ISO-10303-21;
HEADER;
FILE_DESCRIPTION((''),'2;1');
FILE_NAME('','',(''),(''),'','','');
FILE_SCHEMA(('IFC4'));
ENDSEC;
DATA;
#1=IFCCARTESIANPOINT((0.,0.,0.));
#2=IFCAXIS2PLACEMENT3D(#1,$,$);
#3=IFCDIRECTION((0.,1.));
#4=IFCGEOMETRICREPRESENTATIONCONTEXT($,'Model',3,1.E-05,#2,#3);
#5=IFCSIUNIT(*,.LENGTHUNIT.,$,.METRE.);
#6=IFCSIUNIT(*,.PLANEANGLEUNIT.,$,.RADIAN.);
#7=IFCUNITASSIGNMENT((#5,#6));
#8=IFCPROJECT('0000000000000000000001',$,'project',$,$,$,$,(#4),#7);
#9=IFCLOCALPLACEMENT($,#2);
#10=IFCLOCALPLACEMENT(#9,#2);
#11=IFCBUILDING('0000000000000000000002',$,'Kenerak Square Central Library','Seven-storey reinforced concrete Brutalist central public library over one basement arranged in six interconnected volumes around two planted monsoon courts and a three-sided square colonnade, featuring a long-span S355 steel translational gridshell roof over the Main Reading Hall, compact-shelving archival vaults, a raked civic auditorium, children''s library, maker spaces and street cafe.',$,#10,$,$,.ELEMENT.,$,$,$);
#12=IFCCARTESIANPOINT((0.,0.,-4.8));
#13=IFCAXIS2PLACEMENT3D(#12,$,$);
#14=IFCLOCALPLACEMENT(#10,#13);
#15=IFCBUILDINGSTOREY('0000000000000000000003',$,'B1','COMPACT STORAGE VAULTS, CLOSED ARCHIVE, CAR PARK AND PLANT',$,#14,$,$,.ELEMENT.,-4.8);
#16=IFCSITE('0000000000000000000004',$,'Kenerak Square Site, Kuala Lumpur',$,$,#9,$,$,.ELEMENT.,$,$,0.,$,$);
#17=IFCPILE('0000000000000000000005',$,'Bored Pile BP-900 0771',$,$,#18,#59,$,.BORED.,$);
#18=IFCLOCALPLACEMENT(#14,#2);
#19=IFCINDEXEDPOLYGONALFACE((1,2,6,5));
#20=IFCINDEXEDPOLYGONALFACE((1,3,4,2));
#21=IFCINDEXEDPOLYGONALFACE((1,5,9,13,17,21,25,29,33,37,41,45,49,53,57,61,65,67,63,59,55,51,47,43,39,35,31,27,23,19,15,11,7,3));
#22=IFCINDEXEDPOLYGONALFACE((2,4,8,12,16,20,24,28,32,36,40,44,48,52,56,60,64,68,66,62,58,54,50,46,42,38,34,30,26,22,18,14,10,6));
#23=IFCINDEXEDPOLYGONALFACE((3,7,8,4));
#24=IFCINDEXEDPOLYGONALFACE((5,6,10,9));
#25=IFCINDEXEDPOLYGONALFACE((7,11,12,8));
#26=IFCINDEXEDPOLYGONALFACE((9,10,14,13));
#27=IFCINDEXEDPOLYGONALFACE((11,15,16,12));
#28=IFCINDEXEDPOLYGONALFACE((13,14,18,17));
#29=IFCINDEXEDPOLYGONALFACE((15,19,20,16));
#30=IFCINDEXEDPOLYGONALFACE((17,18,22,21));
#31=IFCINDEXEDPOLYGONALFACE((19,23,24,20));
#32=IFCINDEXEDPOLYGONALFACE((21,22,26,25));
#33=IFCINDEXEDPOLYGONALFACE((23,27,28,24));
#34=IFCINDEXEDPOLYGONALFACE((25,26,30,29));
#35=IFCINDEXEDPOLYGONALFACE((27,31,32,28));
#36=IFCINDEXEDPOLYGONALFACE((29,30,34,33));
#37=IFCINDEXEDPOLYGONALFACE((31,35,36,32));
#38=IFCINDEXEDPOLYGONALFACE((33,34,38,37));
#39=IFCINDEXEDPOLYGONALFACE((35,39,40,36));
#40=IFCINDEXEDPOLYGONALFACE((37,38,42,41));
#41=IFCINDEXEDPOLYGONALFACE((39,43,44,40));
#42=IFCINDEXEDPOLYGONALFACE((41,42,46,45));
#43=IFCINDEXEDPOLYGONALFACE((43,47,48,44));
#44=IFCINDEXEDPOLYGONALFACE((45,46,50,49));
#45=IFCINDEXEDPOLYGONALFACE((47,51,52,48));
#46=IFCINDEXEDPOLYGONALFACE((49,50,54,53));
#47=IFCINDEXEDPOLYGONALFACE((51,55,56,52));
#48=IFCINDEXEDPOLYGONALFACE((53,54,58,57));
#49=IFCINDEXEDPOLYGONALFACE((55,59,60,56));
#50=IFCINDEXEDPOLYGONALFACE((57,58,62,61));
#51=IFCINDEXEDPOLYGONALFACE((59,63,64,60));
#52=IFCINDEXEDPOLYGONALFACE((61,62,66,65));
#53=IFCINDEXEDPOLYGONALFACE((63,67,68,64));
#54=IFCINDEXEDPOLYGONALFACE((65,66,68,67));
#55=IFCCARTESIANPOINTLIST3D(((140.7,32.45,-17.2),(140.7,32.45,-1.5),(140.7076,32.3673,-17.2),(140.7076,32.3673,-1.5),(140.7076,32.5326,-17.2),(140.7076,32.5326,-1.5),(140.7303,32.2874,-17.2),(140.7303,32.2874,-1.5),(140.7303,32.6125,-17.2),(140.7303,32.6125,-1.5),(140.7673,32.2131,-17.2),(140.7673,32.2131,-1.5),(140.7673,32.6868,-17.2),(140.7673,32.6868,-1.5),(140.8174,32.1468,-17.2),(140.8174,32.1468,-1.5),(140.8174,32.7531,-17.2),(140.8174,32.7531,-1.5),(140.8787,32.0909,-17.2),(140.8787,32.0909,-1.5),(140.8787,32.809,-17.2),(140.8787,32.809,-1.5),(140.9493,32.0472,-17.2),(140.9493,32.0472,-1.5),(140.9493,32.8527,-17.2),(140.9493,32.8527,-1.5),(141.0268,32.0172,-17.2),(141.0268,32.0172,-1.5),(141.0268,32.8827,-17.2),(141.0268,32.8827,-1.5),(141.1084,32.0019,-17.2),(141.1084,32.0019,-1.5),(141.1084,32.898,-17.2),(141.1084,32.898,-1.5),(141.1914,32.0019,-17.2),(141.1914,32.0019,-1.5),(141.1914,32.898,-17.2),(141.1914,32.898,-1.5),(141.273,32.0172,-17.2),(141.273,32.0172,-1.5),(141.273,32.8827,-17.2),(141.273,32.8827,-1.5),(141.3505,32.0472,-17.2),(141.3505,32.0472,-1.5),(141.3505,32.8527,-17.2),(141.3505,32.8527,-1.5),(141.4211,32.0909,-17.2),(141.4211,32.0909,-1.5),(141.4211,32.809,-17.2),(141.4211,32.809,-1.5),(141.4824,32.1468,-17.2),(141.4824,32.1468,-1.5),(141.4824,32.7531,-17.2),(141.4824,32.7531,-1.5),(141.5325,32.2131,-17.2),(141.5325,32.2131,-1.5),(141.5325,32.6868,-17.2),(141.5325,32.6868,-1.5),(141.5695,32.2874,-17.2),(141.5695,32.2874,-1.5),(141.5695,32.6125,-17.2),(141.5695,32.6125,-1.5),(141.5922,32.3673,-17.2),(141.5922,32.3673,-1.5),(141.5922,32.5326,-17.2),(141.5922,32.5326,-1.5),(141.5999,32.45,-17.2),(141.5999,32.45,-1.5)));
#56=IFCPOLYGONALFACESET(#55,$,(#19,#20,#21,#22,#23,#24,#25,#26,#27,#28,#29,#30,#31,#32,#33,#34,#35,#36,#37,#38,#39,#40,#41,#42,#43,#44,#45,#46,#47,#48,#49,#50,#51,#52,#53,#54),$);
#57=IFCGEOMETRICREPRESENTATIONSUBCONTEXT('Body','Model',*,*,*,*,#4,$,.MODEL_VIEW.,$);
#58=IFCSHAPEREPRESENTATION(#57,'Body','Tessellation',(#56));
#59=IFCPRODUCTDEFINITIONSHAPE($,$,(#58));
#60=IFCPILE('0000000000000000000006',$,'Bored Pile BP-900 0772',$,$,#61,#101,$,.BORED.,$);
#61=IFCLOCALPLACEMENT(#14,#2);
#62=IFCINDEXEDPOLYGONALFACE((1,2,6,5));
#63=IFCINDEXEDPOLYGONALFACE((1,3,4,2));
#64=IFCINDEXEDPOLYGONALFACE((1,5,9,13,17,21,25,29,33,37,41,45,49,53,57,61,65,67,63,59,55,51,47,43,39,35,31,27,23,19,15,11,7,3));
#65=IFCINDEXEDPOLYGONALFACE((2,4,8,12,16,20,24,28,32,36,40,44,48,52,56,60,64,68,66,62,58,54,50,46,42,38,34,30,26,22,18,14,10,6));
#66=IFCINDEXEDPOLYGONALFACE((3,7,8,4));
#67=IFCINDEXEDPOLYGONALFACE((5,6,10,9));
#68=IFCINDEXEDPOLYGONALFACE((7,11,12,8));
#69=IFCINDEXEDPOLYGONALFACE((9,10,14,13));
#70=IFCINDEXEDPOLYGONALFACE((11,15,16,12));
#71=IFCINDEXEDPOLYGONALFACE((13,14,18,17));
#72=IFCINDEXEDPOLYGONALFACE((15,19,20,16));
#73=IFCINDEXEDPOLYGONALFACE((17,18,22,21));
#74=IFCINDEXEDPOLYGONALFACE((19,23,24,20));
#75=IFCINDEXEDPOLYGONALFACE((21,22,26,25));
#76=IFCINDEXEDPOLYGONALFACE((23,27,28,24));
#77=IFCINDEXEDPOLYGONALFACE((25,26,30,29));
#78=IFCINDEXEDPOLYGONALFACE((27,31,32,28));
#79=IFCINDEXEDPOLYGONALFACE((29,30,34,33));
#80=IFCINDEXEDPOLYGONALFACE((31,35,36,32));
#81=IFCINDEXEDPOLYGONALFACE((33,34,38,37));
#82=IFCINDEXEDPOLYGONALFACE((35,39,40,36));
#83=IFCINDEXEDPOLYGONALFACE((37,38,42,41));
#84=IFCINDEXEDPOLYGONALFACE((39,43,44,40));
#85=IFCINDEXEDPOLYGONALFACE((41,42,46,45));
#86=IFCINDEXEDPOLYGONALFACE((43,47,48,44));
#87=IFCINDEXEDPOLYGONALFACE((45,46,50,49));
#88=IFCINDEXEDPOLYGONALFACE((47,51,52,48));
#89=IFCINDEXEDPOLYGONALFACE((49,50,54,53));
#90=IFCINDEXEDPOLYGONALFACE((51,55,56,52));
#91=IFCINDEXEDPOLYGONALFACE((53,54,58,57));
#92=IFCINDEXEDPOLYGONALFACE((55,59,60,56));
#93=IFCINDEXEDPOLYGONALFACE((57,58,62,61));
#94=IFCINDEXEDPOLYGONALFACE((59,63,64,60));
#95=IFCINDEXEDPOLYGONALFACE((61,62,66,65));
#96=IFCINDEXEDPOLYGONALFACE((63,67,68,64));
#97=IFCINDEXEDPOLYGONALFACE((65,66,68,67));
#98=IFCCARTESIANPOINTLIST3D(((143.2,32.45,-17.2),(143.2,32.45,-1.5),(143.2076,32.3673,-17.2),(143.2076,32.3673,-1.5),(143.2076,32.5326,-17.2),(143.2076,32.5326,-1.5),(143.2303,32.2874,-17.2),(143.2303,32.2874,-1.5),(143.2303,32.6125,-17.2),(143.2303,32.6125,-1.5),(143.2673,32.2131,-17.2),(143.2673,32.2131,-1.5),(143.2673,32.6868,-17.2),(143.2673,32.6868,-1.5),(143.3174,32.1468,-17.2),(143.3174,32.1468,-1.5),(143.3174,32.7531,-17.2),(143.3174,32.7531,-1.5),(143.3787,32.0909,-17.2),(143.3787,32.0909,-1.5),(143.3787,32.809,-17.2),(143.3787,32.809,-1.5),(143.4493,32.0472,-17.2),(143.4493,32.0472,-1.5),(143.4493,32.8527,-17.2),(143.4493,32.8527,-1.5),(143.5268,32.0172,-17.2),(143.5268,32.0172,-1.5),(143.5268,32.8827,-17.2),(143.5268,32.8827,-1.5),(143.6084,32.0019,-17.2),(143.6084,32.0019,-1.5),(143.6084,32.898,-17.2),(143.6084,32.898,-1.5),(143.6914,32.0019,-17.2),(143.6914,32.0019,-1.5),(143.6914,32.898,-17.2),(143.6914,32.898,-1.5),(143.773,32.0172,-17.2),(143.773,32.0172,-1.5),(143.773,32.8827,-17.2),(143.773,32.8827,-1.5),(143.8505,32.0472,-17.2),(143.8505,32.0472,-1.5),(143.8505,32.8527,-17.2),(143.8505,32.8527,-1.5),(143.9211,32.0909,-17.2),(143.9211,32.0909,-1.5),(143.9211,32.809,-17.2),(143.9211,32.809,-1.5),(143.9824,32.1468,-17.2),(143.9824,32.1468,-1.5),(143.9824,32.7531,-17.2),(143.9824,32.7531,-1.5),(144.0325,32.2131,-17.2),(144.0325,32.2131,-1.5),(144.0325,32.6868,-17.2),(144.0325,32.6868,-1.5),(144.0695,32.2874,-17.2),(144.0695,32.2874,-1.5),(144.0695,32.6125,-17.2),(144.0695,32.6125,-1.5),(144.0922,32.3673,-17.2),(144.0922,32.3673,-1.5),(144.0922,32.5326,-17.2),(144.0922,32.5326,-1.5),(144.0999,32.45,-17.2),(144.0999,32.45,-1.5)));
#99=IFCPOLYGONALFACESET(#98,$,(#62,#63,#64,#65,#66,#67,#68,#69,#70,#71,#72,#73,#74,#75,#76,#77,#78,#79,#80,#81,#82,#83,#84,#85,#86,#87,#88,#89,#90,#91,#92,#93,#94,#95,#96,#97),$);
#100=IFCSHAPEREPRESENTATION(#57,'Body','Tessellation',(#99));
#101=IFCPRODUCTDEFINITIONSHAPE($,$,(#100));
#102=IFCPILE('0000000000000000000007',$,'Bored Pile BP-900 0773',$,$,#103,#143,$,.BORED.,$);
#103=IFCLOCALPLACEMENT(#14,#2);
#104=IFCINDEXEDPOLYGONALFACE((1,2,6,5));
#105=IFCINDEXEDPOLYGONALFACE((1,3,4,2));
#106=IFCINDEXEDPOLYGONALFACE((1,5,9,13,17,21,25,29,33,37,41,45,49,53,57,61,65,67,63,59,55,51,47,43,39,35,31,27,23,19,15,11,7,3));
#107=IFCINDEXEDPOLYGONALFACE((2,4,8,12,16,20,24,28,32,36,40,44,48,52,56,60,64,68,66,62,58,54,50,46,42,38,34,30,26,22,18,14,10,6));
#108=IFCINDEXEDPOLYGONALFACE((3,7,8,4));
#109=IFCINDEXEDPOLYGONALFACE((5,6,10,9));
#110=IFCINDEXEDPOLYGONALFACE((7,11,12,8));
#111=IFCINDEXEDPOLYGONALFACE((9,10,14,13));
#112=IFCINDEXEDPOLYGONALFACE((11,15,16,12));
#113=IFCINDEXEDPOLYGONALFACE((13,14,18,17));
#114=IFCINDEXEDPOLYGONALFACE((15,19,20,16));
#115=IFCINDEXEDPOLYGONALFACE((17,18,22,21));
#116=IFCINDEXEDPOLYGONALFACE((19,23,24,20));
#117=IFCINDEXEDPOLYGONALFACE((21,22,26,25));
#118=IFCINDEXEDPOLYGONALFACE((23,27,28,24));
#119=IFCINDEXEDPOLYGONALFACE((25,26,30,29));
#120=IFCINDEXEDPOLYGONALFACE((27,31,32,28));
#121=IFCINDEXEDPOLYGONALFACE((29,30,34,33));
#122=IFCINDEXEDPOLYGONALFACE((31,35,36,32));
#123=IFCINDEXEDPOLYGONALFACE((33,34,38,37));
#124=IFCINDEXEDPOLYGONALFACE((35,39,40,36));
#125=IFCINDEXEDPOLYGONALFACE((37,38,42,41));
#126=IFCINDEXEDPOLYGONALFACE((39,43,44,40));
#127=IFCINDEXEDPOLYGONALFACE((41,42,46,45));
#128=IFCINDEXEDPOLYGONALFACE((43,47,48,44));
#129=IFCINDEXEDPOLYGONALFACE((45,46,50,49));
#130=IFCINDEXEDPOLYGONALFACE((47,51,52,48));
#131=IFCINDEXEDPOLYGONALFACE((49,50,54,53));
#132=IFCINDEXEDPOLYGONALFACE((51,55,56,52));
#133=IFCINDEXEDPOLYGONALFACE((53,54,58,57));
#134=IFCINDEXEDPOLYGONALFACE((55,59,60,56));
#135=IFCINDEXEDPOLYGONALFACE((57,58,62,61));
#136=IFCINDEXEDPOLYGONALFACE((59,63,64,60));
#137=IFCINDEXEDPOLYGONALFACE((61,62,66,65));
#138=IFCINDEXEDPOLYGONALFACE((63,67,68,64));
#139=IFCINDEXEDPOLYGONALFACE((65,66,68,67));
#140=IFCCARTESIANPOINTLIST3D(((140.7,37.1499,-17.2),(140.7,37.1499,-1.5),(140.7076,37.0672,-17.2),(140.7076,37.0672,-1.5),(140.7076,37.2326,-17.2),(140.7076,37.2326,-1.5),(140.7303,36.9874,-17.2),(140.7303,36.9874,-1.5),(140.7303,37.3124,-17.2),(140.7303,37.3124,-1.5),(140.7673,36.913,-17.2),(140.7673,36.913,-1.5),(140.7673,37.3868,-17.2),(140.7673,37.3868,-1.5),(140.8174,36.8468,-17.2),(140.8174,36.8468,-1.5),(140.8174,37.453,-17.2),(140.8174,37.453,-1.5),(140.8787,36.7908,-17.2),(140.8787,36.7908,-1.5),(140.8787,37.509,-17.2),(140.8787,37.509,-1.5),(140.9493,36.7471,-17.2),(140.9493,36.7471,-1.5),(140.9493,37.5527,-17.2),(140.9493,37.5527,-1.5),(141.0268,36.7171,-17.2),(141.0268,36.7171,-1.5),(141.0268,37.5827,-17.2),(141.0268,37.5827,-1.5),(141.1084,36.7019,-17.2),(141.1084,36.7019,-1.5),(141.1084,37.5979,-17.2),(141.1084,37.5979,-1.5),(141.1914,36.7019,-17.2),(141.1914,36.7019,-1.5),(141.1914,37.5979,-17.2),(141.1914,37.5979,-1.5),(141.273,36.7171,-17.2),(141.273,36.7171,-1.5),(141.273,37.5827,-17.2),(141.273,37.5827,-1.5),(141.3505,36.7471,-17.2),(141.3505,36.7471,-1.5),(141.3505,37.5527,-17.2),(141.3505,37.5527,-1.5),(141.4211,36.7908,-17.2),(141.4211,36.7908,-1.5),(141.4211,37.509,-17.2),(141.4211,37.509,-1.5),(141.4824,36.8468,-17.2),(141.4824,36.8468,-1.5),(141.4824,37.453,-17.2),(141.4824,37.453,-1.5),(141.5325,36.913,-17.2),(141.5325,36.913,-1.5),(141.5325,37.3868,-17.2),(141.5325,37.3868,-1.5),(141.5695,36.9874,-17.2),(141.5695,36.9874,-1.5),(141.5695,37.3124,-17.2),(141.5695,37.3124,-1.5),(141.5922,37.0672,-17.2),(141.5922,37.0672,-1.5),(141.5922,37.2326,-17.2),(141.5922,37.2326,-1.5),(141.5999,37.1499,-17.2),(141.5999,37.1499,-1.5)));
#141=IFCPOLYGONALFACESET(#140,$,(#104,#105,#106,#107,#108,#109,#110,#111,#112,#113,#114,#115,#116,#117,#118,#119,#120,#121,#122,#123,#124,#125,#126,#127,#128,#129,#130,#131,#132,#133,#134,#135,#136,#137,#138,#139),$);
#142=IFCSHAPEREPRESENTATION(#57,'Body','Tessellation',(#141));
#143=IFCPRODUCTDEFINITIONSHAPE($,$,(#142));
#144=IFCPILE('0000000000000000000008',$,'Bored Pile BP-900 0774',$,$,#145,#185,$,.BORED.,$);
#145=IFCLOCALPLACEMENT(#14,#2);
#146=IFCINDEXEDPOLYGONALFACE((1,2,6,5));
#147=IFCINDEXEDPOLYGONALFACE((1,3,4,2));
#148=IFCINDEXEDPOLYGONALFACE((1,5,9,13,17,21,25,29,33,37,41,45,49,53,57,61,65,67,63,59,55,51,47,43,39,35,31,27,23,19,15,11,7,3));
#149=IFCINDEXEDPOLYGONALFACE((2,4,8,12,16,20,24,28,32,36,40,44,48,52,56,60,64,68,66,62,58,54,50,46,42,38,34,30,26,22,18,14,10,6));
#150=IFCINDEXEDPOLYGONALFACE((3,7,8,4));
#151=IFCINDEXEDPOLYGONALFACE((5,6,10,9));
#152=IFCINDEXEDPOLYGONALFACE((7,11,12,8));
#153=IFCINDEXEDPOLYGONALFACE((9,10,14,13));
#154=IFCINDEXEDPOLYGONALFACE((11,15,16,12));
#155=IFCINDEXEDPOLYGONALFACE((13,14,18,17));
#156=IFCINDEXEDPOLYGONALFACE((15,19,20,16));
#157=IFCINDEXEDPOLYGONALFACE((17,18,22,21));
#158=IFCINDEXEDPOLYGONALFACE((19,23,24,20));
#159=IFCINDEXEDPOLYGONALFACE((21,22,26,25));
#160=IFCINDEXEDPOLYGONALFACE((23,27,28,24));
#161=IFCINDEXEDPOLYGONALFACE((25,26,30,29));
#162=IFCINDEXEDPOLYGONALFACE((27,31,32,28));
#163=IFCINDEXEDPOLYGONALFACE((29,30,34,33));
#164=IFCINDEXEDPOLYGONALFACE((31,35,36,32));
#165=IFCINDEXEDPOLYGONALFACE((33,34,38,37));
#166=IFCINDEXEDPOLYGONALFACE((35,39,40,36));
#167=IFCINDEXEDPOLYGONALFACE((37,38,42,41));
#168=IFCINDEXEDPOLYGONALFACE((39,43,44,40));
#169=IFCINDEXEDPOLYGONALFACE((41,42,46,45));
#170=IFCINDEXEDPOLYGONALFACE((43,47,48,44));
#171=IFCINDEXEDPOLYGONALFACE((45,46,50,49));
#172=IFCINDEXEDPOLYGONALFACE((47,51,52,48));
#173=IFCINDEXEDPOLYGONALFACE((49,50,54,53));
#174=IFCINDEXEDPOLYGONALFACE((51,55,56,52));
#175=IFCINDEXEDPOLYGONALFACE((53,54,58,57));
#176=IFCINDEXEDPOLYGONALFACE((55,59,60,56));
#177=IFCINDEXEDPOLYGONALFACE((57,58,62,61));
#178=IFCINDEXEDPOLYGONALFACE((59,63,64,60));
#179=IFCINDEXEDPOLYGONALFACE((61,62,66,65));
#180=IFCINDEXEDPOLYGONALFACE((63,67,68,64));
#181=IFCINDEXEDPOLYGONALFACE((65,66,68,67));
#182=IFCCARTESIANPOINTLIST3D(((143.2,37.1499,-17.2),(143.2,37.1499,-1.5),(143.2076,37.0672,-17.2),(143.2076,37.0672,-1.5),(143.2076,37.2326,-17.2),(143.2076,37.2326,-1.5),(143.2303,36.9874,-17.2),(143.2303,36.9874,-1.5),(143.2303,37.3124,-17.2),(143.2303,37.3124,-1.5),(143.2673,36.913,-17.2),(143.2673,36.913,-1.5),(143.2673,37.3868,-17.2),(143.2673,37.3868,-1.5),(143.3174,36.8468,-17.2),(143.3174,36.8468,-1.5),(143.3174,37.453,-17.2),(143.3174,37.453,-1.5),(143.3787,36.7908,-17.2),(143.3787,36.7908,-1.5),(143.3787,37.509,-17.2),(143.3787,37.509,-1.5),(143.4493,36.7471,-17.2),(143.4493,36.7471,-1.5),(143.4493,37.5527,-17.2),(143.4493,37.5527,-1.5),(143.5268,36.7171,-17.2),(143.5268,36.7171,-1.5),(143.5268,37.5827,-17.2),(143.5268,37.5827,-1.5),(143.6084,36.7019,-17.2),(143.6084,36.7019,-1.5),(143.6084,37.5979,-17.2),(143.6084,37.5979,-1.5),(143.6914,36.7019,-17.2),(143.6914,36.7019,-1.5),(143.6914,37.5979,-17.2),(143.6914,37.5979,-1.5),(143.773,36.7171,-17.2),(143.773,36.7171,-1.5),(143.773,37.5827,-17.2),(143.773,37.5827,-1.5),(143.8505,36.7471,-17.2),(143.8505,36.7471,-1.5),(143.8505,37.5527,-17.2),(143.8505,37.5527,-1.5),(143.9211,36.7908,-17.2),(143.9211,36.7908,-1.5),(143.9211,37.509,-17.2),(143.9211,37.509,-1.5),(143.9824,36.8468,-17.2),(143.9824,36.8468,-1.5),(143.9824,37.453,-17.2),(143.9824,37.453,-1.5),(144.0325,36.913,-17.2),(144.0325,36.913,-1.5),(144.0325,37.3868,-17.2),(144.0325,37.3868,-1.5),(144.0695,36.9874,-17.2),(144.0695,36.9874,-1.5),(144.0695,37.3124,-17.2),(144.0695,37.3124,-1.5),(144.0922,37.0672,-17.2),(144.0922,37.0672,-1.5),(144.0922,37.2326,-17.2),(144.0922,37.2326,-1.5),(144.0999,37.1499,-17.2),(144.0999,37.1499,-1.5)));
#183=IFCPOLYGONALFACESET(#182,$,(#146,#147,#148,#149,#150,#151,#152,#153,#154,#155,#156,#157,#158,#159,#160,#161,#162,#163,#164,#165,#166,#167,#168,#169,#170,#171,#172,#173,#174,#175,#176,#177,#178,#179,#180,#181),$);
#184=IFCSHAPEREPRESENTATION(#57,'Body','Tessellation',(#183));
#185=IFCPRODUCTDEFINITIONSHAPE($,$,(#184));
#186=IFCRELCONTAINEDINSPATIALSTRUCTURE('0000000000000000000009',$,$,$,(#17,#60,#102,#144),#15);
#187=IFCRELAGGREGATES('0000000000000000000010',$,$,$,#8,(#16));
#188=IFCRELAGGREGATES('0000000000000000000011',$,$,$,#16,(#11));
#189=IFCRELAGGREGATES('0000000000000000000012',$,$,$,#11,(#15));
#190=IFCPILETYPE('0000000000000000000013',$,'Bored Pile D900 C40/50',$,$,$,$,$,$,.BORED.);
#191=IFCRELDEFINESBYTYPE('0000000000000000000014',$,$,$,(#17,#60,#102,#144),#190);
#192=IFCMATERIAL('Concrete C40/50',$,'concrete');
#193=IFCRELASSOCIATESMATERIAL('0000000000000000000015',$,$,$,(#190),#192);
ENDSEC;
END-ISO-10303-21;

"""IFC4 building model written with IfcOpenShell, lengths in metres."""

from ifc_helpers import new_model, si_unit, direction, frame, origin, origin_2d, place, context, subcontext, project, spatial, circle, extrude, material, material_profile, profile_set, type_object, element, save


model = new_model("IFC4")

# Units and contexts
model_context = context("Model", 3, precision=1e-05, world=origin(), true_north=direction((0.0, 1.0)))
body_context = subcontext(model_context, "Body", "Model", "MODEL_VIEW")
ifc_project = project(units=[si_unit("LENGTHUNIT", "METRE"), si_unit("PLANEANGLEUNIT", "RADIAN")], contexts=[model_context])

# Site, building, storey
site_placement = place(None, origin())
site = spatial("IfcSite", under=ifc_project, at=site_placement, Name="Kenerak Square Site, Kuala Lumpur", CompositionType="ELEMENT", RefElevation=0.0)
building_placement = place(site_placement, origin())
building = spatial("IfcBuilding", under=site, at=building_placement, Name="Kenerak Square Central Library", Description="Seven-storey reinforced concrete Brutalist central public library over one basement arranged in six interconnected volumes around two planted monsoon courts and a three-sided square colonnade, featuring a long-span S355 steel translational gridshell roof over the Main Reading Hall, compact-shelving archival vaults, a raked civic auditorium, children's library, maker spaces and street cafe.", CompositionType="ELEMENT")
storey_placement = place(building_placement, frame((0.0, 0.0, -4.8)))
storey = spatial("IfcBuildingStorey", under=building, at=storey_placement, Name="B1", Description="COMPACT STORAGE VAULTS, CLOSED ARCHIVE, CAR PARK AND PLANT", CompositionType="ELEMENT", Elevation=-4.8)

# Piles
ifc_material_1 = material(Name="Concrete C40/50", Category="concrete")
ifc_material_profile_1 = material_profile(ifc_material_1, circle(Radius=0.45, at=origin_2d()), Name="BP D900")
ifc_profile_set_1 = profile_set([ifc_material_profile_1], Name="Concrete C40/50")
pile_type_1 = type_object("IfcPileType", Name="Bored Pile D900 C40/50", PredefinedType="BORED", material=ifc_profile_set_1)
for number, where, z_axis, x_axis, name in (
    (1, (141.1499, 32.45, -1.5), (0.0, 0.0, -1.0), (1.0, 0.0, 0.0), "Bored Pile BP-900 0771"),
    (2, (143.6499, 32.45, -1.5), (0.0, 0.0, -1.0), (1.0, 0.0, 0.0), "Bored Pile BP-900 0772"),
    (3, (141.1499, 37.1499, -1.5), (0.0, 0.0, -1.0), (1.0, 0.0, 0.0), "Bored Pile BP-900 0773"),
    (4, (143.6499, 37.1499, -1.5), (0.0, 0.0, -1.0), (1.0, 0.0, 0.0), "Bored Pile BP-900 0774"),
):
    element("IfcPile", number, at=place(storey_placement, frame(where, z_axis=z_axis, x_axis=x_axis)), inside=storey, type_object=pile_type_1, Name=name, PredefinedType="BORED", context=body_context, shape_type="SweptSolid", body=[
        extrude(circle(Radius=0.45, at=origin_2d()), origin(), (0.0, 0.0, 1.0), 15.7),
    ])

save(model, "model.ifc")
